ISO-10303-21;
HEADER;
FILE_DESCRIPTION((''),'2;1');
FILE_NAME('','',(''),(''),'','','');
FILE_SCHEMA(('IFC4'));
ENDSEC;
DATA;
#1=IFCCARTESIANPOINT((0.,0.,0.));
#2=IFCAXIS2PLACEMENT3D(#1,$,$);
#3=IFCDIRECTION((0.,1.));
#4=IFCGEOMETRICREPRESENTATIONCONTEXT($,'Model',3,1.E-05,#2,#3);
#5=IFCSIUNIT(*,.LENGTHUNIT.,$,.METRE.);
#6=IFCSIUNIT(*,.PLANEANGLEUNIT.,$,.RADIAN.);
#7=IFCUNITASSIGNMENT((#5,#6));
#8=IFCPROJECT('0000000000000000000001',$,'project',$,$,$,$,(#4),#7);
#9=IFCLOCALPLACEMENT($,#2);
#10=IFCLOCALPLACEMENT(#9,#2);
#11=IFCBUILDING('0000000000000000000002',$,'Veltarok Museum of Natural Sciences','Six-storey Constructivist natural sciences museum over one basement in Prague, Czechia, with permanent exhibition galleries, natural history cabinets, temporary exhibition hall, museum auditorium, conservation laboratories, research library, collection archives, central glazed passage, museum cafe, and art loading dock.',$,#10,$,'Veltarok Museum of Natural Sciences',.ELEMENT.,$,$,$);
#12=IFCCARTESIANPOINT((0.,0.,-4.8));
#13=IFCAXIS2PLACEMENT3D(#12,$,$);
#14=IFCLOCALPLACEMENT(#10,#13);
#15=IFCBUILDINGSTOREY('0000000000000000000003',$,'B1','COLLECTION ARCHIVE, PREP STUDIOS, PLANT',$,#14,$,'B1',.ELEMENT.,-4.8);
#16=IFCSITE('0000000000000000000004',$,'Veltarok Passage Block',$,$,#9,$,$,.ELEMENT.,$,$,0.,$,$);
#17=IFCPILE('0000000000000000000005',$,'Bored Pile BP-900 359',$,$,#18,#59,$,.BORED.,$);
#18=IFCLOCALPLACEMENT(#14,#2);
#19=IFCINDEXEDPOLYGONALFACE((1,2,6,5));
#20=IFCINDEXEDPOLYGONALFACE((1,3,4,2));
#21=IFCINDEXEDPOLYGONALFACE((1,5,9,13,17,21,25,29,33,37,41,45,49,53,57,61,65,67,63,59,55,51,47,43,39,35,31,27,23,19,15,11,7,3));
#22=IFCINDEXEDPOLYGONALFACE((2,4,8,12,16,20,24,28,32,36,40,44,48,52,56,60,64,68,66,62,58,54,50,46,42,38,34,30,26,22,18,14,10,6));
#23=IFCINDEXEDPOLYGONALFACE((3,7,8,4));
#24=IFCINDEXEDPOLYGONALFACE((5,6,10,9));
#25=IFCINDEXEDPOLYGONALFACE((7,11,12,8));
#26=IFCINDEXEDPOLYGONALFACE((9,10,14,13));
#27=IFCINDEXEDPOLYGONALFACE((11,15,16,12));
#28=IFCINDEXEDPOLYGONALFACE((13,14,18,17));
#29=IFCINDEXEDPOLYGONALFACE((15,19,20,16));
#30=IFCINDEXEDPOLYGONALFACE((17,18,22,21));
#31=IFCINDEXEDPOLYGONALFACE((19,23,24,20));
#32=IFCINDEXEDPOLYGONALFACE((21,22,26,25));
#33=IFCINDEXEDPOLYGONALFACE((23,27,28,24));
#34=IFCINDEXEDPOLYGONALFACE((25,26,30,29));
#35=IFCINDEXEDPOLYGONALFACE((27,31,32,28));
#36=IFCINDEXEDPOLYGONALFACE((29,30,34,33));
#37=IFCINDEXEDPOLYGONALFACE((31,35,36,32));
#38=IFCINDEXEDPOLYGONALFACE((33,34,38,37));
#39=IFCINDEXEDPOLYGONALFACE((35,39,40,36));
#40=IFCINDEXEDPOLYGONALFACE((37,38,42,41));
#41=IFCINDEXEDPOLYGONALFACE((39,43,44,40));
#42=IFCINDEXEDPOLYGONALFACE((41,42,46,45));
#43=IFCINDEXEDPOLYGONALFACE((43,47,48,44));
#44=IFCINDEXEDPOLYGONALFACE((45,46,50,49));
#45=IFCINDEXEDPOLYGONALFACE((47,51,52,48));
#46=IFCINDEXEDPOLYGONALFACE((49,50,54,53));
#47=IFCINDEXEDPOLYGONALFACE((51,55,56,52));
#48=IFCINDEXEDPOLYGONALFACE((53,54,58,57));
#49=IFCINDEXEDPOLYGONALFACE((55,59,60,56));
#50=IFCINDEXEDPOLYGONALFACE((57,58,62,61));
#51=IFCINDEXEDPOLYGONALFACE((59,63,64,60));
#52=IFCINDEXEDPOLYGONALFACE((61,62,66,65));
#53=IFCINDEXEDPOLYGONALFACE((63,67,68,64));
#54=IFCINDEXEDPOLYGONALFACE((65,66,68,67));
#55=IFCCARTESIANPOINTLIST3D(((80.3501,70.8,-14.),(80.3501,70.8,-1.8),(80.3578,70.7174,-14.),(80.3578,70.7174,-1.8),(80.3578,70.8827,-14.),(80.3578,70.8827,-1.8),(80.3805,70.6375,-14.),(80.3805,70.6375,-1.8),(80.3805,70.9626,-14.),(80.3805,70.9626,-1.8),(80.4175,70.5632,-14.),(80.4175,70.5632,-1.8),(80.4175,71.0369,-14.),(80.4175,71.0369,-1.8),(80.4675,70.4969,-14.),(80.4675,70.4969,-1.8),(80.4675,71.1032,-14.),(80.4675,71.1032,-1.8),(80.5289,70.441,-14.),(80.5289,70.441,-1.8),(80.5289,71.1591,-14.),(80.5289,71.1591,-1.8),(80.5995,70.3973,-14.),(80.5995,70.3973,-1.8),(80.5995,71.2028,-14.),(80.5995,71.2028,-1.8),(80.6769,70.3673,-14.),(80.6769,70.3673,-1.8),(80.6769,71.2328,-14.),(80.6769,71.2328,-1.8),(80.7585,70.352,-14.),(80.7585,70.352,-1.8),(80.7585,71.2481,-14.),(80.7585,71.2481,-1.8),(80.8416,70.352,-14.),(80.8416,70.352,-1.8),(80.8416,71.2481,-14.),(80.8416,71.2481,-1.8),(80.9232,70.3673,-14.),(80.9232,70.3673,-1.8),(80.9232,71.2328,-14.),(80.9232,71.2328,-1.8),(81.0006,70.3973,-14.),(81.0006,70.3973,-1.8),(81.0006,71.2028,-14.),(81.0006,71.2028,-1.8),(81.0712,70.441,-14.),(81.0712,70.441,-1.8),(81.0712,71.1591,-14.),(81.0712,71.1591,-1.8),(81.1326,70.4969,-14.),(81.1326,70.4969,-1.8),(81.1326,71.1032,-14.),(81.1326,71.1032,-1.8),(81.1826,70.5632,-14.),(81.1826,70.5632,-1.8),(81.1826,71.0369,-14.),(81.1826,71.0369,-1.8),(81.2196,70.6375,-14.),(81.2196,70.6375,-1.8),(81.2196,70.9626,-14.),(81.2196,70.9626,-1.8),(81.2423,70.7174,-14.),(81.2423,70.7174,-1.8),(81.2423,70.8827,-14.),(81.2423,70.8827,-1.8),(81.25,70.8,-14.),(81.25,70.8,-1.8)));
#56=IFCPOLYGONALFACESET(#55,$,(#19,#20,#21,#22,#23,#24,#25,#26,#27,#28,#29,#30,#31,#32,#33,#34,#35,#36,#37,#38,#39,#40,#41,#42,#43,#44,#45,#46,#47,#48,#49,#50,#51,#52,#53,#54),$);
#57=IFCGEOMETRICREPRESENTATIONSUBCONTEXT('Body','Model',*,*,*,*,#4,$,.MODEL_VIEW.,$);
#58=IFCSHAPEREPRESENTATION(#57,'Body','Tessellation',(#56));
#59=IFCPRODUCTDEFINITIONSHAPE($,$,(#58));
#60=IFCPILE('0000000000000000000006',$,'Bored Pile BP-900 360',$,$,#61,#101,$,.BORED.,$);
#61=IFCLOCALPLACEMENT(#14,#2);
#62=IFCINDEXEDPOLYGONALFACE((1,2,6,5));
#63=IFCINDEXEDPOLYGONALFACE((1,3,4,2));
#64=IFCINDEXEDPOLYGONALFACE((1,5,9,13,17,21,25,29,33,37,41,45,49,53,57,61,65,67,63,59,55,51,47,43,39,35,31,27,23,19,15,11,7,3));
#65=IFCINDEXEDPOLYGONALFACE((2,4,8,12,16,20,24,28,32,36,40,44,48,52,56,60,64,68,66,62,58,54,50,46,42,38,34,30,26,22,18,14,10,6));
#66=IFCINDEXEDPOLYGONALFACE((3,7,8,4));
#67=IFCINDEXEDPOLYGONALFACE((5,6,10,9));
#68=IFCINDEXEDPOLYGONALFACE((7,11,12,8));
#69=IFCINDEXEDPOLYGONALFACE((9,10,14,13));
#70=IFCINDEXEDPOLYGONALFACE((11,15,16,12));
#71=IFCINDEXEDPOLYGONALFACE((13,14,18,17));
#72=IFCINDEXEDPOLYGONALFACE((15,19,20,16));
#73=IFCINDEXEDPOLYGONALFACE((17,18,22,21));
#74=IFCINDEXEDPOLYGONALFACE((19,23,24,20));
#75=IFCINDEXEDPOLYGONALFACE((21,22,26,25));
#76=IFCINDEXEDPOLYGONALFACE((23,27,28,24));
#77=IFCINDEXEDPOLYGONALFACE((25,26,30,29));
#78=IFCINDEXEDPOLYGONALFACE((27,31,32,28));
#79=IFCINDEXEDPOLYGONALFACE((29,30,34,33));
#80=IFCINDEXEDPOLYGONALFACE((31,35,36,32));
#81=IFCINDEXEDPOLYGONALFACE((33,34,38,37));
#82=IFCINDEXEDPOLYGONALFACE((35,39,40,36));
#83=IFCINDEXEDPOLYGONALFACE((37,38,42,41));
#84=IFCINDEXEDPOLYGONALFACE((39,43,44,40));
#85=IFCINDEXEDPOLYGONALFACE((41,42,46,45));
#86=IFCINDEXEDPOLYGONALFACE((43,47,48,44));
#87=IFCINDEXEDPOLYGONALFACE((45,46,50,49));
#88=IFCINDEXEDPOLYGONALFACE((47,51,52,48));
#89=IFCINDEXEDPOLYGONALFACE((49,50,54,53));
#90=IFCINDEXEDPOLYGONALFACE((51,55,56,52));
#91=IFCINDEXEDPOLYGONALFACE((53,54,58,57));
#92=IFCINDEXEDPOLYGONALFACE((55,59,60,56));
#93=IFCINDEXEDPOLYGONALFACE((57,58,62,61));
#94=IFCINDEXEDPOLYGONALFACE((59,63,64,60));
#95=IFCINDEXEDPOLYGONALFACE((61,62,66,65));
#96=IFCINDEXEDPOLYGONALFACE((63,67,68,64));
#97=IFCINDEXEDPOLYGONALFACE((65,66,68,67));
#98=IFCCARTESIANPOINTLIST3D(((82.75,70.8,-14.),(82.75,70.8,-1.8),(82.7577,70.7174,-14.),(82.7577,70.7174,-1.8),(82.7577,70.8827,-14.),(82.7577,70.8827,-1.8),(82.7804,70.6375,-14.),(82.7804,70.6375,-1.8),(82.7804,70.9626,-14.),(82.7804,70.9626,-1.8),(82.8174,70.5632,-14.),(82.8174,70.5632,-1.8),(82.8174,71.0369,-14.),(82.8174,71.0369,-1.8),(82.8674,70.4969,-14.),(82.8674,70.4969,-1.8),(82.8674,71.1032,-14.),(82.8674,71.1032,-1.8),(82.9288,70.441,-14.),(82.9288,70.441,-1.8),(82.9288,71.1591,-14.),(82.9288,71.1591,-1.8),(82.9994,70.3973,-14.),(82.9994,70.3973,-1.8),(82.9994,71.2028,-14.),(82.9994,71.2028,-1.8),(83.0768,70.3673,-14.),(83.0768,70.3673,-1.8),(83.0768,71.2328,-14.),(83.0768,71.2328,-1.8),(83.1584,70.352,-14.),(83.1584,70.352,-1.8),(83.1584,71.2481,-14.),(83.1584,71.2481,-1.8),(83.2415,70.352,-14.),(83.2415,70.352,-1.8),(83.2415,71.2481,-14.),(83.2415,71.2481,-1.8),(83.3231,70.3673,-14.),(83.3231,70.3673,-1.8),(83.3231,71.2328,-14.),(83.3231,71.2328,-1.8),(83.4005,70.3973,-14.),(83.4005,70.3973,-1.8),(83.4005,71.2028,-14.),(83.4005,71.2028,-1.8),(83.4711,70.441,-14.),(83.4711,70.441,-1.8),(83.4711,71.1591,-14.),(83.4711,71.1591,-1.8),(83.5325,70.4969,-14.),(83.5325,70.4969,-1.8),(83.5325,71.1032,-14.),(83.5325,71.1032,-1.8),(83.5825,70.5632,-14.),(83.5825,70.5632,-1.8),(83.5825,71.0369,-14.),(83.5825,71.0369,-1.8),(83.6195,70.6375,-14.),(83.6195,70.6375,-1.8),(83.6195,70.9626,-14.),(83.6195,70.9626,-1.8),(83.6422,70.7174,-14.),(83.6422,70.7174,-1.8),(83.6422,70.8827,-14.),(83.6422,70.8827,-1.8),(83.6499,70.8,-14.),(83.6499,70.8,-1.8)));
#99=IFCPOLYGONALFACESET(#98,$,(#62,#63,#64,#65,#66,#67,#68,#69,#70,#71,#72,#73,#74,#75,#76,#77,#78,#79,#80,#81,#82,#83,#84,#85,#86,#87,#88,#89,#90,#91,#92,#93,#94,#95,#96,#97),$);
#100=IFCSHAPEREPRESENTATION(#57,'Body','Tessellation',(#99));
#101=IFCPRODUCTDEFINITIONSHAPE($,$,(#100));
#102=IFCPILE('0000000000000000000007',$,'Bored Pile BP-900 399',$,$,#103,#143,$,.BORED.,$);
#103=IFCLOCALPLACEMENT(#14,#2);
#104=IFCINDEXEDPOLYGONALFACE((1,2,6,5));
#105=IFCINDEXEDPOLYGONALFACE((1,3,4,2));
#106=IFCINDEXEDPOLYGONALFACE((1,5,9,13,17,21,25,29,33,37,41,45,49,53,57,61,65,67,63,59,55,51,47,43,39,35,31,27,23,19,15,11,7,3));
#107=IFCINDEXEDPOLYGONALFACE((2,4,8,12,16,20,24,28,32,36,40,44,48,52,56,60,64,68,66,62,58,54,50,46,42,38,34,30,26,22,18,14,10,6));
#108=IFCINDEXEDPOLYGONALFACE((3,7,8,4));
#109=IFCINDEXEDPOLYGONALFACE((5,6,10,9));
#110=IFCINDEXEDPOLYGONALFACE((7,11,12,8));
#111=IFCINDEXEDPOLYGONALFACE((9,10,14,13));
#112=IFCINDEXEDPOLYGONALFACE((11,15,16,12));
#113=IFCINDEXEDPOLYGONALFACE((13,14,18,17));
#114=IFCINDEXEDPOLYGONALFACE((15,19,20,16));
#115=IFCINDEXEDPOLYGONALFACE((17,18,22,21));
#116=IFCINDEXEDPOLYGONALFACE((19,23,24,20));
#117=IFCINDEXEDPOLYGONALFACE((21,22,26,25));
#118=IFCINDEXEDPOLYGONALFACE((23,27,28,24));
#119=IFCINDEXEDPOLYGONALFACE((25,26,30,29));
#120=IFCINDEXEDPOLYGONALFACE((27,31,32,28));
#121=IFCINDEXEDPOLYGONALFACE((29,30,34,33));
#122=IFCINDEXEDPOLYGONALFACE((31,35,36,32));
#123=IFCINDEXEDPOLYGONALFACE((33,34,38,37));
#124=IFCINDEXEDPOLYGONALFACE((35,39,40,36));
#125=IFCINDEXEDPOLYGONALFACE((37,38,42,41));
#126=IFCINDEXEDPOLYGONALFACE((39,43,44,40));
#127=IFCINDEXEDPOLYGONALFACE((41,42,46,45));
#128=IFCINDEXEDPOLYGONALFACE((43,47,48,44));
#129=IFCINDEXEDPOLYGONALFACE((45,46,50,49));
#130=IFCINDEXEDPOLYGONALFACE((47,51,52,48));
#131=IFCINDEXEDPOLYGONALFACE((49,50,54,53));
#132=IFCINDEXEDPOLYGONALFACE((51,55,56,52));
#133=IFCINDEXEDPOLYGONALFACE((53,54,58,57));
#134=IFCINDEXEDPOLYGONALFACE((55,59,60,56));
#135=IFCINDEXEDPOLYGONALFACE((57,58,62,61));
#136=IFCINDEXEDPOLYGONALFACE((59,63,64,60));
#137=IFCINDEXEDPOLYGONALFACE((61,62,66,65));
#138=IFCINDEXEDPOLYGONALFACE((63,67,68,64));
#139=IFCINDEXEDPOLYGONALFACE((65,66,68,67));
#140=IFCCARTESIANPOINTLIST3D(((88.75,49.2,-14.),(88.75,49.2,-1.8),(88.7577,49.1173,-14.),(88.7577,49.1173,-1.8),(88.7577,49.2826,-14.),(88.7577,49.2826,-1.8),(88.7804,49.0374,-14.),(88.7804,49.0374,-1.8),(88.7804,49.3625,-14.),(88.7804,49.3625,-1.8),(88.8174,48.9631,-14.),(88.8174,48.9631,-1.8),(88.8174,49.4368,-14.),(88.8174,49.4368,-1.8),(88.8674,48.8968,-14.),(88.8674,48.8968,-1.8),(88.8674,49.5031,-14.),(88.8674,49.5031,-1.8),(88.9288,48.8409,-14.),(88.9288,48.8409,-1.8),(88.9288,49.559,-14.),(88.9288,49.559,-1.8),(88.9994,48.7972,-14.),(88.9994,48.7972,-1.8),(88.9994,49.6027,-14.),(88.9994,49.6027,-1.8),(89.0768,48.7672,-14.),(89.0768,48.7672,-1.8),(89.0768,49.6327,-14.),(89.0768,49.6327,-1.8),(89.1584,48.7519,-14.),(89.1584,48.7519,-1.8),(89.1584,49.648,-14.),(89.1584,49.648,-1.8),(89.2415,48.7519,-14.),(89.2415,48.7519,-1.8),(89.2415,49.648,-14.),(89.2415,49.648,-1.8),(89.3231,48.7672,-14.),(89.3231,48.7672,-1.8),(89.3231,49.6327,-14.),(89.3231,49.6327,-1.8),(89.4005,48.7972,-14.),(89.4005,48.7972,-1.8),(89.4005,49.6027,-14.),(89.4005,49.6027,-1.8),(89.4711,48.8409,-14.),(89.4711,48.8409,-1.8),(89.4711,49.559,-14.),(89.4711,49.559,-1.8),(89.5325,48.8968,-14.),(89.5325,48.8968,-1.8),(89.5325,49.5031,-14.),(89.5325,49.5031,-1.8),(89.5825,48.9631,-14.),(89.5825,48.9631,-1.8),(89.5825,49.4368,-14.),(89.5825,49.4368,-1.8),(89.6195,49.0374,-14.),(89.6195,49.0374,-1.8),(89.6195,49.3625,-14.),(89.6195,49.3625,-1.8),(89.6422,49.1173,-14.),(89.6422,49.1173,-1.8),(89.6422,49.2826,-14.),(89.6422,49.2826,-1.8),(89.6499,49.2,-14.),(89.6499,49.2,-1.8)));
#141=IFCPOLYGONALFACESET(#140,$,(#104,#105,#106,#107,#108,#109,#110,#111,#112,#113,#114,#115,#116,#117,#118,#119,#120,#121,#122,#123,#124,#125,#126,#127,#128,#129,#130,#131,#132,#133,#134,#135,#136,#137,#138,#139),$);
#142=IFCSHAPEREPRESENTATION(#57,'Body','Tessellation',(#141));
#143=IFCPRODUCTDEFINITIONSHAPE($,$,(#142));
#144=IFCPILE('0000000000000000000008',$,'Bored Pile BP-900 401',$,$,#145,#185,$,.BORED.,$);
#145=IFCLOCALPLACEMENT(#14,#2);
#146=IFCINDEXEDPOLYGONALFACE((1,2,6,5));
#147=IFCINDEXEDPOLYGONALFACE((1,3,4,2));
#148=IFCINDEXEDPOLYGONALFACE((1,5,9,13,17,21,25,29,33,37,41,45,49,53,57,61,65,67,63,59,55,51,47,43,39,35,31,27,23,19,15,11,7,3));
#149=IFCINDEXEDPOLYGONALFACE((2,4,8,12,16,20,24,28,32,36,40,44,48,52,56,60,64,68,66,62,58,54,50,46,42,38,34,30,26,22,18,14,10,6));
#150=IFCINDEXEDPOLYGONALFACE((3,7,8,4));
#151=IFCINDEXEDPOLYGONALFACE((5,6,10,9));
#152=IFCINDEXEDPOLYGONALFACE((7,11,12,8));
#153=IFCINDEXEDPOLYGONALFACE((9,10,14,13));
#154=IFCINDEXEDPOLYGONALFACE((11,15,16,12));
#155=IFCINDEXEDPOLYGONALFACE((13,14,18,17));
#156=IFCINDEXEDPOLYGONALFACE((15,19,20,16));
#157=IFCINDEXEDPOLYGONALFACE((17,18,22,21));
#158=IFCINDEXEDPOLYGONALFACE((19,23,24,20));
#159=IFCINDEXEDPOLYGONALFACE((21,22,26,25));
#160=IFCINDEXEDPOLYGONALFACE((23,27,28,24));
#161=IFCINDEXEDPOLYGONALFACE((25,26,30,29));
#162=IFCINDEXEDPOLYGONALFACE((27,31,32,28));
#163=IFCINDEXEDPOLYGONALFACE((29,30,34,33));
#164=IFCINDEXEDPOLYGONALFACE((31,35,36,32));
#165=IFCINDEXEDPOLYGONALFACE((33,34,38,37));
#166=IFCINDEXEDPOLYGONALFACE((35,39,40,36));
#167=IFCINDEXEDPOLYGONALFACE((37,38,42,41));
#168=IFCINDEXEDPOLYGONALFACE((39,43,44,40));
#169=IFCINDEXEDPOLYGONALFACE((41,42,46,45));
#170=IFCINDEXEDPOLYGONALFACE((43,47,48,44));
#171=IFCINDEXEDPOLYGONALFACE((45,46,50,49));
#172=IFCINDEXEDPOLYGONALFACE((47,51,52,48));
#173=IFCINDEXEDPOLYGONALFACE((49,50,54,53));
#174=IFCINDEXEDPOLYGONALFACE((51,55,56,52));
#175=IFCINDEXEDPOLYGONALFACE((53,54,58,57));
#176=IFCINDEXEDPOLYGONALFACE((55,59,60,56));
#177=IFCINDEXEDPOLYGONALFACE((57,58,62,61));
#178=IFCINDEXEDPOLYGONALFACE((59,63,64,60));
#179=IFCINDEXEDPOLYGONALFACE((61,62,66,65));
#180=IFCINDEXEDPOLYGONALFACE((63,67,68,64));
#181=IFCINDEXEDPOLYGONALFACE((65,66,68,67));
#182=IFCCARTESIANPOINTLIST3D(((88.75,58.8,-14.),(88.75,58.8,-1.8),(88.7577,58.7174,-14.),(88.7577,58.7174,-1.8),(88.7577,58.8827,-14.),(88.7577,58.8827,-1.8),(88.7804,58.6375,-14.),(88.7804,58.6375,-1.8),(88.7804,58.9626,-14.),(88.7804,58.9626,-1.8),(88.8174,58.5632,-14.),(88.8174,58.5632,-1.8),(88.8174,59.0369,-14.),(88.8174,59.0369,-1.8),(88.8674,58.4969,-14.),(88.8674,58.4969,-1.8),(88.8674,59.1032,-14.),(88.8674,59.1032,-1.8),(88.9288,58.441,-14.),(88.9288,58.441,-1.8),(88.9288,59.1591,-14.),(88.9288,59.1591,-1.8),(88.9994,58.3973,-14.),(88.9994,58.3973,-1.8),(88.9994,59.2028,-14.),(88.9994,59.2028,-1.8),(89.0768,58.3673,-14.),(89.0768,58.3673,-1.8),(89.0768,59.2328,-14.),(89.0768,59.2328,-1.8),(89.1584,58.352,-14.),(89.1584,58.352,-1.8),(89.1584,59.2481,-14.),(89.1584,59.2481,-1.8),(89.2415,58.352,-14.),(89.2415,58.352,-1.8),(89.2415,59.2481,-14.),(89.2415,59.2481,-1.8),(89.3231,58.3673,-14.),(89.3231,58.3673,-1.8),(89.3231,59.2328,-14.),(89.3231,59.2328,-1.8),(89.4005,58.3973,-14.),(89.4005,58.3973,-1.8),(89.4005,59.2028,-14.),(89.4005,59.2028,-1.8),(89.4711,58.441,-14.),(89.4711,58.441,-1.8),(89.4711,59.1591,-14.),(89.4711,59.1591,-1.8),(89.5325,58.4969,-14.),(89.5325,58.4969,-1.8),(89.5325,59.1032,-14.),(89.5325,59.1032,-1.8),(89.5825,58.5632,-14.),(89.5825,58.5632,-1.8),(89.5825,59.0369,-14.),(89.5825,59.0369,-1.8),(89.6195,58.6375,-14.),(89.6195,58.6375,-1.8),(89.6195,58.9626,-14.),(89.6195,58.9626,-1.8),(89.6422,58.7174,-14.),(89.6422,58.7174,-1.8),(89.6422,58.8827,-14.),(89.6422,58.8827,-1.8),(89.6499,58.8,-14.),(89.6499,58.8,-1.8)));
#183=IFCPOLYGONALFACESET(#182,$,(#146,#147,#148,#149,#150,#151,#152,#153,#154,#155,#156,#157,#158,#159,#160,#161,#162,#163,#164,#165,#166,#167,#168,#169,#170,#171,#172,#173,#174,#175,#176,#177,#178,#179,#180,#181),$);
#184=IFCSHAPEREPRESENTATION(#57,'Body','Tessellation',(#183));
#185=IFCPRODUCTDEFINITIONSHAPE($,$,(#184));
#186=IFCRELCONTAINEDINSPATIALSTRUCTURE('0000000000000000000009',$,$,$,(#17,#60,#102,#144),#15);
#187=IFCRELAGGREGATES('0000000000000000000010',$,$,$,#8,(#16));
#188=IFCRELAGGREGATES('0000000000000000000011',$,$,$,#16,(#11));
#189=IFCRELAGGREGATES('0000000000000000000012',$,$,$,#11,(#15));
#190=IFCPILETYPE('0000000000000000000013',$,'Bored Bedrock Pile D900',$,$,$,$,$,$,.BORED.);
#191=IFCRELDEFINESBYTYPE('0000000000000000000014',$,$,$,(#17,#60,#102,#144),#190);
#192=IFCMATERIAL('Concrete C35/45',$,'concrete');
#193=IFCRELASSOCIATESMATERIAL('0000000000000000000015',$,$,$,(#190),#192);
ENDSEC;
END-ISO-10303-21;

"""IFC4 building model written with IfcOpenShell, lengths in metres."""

from ifc_helpers import new_model, si_unit, direction, frame, origin, origin_2d, place, context, subcontext, project, spatial, circle, extrude, material, material_profile, profile_set, type_object, element, save


model = new_model("IFC4")

# Units and contexts
model_context = context("Model", 3, precision=1e-05, world=origin(), true_north=direction((0.0, 1.0)))
body_context = subcontext(model_context, "Body", "Model", "MODEL_VIEW")
ifc_project = project(units=[si_unit("LENGTHUNIT", "METRE"), si_unit("PLANEANGLEUNIT", "RADIAN")], contexts=[model_context])

# Site, building, storey
site_placement = place(None, origin())
site = spatial("IfcSite", under=ifc_project, at=site_placement, Name="Veltarok Passage Block", CompositionType="ELEMENT", RefElevation=0.0)
building_placement = place(site_placement, origin())
building = spatial("IfcBuilding", under=site, at=building_placement, Name="Veltarok Museum of Natural Sciences", Description="Six-storey Constructivist natural sciences museum over one basement in Prague, Czechia, with permanent exhibition galleries, natural history cabinets, temporary exhibition hall, museum auditorium, conservation laboratories, research library, collection archives, central glazed passage, museum cafe, and art loading dock.", LongName="Veltarok Museum of Natural Sciences", CompositionType="ELEMENT")
storey_placement = place(building_placement, frame((0.0, 0.0, -4.8)))
storey = spatial("IfcBuildingStorey", under=building, at=storey_placement, Name="B1", Description="COLLECTION ARCHIVE, PREP STUDIOS, PLANT", LongName="B1", CompositionType="ELEMENT", Elevation=-4.8)

# Piles
ifc_material_1 = material(Name="Concrete C35/45", Category="concrete")
ifc_material_profile_1 = material_profile(ifc_material_1, circle(Radius=0.45, at=origin_2d()), Name="BP D900")
ifc_profile_set_1 = profile_set([ifc_material_profile_1], Name="Concrete C35/45")
pile_type = type_object("IfcPileType", Name="Bored Bedrock Pile D900", PredefinedType="BORED", material=ifc_profile_set_1)
for number, where, z_axis, x_axis, name in (
    (1, (80.8, 70.8, -1.8), (0.0, 0.0, -1.0), (1.0, 0.0, 0.0), "Bored Pile BP-900 359"),
    (2, (83.2, 70.8, -1.8), (0.0, 0.0, -1.0), (1.0, 0.0, 0.0), "Bored Pile BP-900 360"),
    (3, (89.2, 49.2, -1.8), (0.0, 0.0, -1.0), (1.0, 0.0, 0.0), "Bored Pile BP-900 399"),
    (4, (89.2, 58.8, -1.8), (0.0, 0.0, -1.0), (1.0, 0.0, 0.0), "Bored Pile BP-900 401"),
):
    element("IfcPile", number, at=place(storey_placement, frame(where, z_axis=z_axis, x_axis=x_axis)), inside=storey, type_object=pile_type, Name=name, PredefinedType="BORED", context=body_context, shape_type="SweptSolid", body=[
        extrude(circle(Radius=0.45, at=origin_2d()), origin(), (0.0, 0.0, 1.0), 12.2),
    ])

save(model, "model.ifc")
